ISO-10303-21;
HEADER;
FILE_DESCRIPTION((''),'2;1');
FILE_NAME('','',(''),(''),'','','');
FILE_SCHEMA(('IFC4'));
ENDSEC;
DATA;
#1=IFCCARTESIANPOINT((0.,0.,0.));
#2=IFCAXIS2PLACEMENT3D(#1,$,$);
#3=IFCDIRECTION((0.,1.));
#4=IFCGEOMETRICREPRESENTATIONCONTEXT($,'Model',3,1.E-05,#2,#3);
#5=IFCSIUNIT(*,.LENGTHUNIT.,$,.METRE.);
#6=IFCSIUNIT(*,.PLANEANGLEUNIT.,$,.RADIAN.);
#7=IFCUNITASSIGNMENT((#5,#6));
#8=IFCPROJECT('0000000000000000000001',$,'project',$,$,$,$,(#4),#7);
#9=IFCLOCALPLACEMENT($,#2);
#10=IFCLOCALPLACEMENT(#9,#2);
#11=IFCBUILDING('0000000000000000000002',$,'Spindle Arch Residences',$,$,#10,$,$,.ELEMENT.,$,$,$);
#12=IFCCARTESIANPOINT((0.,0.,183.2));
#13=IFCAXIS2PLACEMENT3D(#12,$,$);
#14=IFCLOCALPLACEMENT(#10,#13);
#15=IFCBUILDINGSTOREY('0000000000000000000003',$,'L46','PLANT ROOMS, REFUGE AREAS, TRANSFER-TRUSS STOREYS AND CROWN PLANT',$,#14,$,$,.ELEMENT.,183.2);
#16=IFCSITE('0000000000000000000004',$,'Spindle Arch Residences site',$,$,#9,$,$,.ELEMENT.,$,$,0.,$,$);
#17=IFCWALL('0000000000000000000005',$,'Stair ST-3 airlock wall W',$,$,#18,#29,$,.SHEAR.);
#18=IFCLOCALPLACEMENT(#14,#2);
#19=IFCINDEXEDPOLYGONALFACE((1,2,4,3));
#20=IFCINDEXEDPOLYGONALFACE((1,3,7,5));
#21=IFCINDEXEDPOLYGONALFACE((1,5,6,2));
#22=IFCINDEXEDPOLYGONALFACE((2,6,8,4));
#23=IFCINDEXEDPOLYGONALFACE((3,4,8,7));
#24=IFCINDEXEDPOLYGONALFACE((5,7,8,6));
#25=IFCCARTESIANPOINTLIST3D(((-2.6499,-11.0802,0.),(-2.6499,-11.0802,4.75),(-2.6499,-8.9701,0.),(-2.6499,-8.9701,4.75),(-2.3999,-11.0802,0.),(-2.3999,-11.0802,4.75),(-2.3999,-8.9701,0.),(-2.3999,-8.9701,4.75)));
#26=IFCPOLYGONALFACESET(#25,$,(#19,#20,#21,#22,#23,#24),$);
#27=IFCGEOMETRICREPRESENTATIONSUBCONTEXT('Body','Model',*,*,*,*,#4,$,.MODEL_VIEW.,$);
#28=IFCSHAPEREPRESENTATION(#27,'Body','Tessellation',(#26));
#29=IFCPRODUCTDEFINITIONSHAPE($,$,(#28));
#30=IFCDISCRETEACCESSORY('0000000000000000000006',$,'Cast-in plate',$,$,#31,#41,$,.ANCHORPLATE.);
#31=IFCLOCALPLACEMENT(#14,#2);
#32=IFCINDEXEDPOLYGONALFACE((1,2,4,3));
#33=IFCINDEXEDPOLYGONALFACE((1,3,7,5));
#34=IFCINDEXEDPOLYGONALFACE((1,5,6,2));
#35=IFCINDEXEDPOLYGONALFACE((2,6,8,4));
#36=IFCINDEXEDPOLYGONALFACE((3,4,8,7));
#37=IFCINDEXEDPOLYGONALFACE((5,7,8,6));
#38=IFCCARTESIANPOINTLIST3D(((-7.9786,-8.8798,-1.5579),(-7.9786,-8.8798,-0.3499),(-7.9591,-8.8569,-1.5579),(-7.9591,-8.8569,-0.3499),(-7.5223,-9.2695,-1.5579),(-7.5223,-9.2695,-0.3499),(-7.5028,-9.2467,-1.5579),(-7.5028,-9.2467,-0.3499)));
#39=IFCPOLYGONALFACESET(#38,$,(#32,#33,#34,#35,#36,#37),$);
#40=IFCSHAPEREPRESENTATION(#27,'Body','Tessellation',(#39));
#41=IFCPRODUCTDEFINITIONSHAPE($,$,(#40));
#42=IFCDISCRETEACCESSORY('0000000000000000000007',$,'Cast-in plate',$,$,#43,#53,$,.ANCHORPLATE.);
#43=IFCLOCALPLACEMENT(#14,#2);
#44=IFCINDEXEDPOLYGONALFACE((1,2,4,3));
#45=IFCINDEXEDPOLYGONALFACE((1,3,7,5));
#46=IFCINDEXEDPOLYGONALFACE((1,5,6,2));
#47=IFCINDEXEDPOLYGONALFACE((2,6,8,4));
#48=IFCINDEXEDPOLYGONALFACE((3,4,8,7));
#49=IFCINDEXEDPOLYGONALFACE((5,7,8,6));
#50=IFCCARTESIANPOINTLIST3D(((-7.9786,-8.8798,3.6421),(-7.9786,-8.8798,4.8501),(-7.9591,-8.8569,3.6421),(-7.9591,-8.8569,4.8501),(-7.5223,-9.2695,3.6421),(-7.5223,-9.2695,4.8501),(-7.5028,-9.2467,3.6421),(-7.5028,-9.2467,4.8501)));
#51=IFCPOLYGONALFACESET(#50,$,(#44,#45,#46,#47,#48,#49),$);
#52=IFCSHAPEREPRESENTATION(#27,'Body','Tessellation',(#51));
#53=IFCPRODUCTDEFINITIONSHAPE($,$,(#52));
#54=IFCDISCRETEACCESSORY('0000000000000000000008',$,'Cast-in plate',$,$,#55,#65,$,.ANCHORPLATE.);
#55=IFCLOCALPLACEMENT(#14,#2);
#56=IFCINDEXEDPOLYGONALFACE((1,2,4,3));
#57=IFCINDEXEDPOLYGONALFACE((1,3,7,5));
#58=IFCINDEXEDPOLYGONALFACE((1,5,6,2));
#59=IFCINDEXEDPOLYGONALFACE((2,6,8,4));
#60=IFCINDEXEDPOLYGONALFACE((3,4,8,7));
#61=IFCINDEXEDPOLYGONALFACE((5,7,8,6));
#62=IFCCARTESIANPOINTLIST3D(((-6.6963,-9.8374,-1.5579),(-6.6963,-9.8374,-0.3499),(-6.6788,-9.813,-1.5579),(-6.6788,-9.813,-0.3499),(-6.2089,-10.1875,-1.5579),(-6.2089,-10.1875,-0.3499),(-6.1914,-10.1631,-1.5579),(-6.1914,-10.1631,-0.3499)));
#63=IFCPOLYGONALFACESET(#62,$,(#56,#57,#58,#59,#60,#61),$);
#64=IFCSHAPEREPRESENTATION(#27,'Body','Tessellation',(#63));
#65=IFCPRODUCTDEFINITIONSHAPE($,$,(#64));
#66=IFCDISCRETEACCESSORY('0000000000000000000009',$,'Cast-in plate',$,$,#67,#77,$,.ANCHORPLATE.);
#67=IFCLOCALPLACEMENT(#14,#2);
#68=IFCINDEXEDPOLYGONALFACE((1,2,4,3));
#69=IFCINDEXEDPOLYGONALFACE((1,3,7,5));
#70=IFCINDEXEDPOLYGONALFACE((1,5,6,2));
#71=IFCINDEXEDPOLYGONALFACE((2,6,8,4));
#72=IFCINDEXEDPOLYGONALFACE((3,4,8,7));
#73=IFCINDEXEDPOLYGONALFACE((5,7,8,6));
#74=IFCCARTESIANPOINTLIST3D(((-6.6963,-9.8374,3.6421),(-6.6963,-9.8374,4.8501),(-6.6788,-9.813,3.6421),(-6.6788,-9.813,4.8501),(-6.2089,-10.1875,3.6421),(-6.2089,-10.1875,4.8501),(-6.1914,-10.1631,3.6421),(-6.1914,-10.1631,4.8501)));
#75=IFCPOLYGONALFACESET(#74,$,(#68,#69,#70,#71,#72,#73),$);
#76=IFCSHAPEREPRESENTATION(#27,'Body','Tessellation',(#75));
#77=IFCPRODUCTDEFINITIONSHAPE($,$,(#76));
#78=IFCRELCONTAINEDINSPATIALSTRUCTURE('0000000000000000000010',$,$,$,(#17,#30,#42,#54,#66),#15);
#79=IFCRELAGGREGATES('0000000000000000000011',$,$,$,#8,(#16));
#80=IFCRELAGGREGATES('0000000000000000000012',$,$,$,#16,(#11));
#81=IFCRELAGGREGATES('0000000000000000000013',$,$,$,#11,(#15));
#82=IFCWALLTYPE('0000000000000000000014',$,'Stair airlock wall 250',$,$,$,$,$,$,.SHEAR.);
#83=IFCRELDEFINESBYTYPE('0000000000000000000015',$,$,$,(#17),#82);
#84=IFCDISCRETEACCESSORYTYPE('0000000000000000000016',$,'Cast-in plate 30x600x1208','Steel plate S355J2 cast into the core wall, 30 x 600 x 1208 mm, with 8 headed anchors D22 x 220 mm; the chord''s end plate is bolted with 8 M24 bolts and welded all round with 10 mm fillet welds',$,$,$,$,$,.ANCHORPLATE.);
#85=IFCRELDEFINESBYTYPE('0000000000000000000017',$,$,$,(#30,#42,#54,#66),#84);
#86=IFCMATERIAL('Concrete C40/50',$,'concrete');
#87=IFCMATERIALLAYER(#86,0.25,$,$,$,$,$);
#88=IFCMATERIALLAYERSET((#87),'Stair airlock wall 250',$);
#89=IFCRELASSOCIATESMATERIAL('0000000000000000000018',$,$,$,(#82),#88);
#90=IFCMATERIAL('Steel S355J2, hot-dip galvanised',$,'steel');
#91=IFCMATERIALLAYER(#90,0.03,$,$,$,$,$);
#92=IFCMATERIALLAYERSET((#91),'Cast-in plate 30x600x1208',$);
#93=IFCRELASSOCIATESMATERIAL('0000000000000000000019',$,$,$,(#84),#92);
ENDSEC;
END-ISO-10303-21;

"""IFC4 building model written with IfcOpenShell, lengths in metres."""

from ifc_helpers import new_model, si_unit, direction, frame, frame_2d, origin, origin_2d, place, context, subcontext, project, spatial, rectangle, extrude, material, layer, layer_set, type_object, element, save


model = new_model("IFC4")

# Units and contexts
model_context = context("Model", 3, precision=1e-05, world=origin(), true_north=direction((0.0, 1.0)))
body_context = subcontext(model_context, "Body", "Model", "MODEL_VIEW")
ifc_project = project(units=[si_unit("LENGTHUNIT", "METRE"), si_unit("PLANEANGLEUNIT", "RADIAN")], contexts=[model_context])

# Site, building, storey
site_placement = place(None, origin())
site = spatial("IfcSite", under=ifc_project, at=site_placement, Name="Spindle Arch Residences site", CompositionType="ELEMENT", RefElevation=0.0)
building_placement = place(site_placement, origin())
building = spatial("IfcBuilding", under=site, at=building_placement, Name="Spindle Arch Residences", CompositionType="ELEMENT")
storey_placement = place(building_placement, frame((0.0, 0.0, 183.2)))
storey = spatial("IfcBuildingStorey", under=building, at=storey_placement, Name="L46", Description="PLANT ROOMS, REFUGE AREAS, TRANSFER-TRUSS STOREYS AND CROWN PLANT", CompositionType="ELEMENT", Elevation=183.2)

# Wall
ifc_material_1 = material(Name="Concrete C40/50", Category="concrete")
ifc_layer_1 = layer(ifc_material_1, 0.25)
ifc_layer_set_1 = layer_set([ifc_layer_1], Name="Stair airlock wall 250")
wall_type_1 = type_object("IfcWallType", Name="Stair airlock wall 250", PredefinedType="SHEAR", material=ifc_layer_set_1)
wall_1_placement = place(storey_placement, frame((-2.5249, -8.97, 0.0), z_axis=(0.0, 0.0, 1.0), x_axis=(0.0, -1.0, 0.0)))
element("IfcWall", 1, at=wall_1_placement, inside=storey, type_object=wall_type_1, Name="Stair ST-3 airlock wall W", PredefinedType="SHEAR", context=body_context, shape_type="SweptSolid", body=[
    extrude(rectangle(XDim=2.1101, YDim=0.25, at=frame_2d((1.0552, 0.0))), origin(), (0.0, 0.0, 1.0), 4.75),
])

# Discrete accessories
ifc_material_2 = material(Name="Steel S355J2, hot-dip galvanised", Category="steel")
ifc_layer_2 = layer(ifc_material_2, 0.03)
ifc_layer_set_2 = layer_set([ifc_layer_2], Name="Cast-in plate 30x600x1208")
discrete_accessory_type = type_object("IfcDiscreteAccessoryType", Name="Cast-in plate 30x600x1208", Description="Steel plate S355J2 cast into the core wall, 30 x 600 x 1208 mm, with 8 headed anchors D22 x 220 mm; the chord's end plate is bolted with 8 M24 bolts and welded all round with 10 mm fillet welds", PredefinedType="ANCHORPLATE", material=ifc_layer_set_2)
for number, where, z_axis, x_axis, name in (
    (2, (-7.7407, -9.0632, -1.5579), (0.0, 0.0, 1.0), (-0.649448, -0.760406, 0.0), "Cast-in plate"),
    (3, (-7.7407, -9.0632, 3.6421), (0.0, 0.0, 1.0), (-0.649448, -0.760406, 0.0), "Cast-in plate"),
    (4, (-6.4438, -10.0002, -1.5579), (0.0, 0.0, 1.0), (-0.583398, -0.812186, 0.0), "Cast-in plate"),
    (5, (-6.4438, -10.0002, 3.6421), (0.0, 0.0, 1.0), (-0.583398, -0.812186, 0.0), "Cast-in plate"),
):
    element("IfcDiscreteAccessory", number, at=place(storey_placement, frame(where, z_axis=z_axis, x_axis=x_axis)), inside=storey, type_object=discrete_accessory_type, Name=name, PredefinedType="ANCHORPLATE", context=body_context, shape_type="SweptSolid", body=[
        extrude(rectangle(XDim=0.03, YDim=0.6001, at=origin_2d()), origin(), (0.0, 0.0, 1.0), 1.208),
    ])

save(model, "model.ifc")
